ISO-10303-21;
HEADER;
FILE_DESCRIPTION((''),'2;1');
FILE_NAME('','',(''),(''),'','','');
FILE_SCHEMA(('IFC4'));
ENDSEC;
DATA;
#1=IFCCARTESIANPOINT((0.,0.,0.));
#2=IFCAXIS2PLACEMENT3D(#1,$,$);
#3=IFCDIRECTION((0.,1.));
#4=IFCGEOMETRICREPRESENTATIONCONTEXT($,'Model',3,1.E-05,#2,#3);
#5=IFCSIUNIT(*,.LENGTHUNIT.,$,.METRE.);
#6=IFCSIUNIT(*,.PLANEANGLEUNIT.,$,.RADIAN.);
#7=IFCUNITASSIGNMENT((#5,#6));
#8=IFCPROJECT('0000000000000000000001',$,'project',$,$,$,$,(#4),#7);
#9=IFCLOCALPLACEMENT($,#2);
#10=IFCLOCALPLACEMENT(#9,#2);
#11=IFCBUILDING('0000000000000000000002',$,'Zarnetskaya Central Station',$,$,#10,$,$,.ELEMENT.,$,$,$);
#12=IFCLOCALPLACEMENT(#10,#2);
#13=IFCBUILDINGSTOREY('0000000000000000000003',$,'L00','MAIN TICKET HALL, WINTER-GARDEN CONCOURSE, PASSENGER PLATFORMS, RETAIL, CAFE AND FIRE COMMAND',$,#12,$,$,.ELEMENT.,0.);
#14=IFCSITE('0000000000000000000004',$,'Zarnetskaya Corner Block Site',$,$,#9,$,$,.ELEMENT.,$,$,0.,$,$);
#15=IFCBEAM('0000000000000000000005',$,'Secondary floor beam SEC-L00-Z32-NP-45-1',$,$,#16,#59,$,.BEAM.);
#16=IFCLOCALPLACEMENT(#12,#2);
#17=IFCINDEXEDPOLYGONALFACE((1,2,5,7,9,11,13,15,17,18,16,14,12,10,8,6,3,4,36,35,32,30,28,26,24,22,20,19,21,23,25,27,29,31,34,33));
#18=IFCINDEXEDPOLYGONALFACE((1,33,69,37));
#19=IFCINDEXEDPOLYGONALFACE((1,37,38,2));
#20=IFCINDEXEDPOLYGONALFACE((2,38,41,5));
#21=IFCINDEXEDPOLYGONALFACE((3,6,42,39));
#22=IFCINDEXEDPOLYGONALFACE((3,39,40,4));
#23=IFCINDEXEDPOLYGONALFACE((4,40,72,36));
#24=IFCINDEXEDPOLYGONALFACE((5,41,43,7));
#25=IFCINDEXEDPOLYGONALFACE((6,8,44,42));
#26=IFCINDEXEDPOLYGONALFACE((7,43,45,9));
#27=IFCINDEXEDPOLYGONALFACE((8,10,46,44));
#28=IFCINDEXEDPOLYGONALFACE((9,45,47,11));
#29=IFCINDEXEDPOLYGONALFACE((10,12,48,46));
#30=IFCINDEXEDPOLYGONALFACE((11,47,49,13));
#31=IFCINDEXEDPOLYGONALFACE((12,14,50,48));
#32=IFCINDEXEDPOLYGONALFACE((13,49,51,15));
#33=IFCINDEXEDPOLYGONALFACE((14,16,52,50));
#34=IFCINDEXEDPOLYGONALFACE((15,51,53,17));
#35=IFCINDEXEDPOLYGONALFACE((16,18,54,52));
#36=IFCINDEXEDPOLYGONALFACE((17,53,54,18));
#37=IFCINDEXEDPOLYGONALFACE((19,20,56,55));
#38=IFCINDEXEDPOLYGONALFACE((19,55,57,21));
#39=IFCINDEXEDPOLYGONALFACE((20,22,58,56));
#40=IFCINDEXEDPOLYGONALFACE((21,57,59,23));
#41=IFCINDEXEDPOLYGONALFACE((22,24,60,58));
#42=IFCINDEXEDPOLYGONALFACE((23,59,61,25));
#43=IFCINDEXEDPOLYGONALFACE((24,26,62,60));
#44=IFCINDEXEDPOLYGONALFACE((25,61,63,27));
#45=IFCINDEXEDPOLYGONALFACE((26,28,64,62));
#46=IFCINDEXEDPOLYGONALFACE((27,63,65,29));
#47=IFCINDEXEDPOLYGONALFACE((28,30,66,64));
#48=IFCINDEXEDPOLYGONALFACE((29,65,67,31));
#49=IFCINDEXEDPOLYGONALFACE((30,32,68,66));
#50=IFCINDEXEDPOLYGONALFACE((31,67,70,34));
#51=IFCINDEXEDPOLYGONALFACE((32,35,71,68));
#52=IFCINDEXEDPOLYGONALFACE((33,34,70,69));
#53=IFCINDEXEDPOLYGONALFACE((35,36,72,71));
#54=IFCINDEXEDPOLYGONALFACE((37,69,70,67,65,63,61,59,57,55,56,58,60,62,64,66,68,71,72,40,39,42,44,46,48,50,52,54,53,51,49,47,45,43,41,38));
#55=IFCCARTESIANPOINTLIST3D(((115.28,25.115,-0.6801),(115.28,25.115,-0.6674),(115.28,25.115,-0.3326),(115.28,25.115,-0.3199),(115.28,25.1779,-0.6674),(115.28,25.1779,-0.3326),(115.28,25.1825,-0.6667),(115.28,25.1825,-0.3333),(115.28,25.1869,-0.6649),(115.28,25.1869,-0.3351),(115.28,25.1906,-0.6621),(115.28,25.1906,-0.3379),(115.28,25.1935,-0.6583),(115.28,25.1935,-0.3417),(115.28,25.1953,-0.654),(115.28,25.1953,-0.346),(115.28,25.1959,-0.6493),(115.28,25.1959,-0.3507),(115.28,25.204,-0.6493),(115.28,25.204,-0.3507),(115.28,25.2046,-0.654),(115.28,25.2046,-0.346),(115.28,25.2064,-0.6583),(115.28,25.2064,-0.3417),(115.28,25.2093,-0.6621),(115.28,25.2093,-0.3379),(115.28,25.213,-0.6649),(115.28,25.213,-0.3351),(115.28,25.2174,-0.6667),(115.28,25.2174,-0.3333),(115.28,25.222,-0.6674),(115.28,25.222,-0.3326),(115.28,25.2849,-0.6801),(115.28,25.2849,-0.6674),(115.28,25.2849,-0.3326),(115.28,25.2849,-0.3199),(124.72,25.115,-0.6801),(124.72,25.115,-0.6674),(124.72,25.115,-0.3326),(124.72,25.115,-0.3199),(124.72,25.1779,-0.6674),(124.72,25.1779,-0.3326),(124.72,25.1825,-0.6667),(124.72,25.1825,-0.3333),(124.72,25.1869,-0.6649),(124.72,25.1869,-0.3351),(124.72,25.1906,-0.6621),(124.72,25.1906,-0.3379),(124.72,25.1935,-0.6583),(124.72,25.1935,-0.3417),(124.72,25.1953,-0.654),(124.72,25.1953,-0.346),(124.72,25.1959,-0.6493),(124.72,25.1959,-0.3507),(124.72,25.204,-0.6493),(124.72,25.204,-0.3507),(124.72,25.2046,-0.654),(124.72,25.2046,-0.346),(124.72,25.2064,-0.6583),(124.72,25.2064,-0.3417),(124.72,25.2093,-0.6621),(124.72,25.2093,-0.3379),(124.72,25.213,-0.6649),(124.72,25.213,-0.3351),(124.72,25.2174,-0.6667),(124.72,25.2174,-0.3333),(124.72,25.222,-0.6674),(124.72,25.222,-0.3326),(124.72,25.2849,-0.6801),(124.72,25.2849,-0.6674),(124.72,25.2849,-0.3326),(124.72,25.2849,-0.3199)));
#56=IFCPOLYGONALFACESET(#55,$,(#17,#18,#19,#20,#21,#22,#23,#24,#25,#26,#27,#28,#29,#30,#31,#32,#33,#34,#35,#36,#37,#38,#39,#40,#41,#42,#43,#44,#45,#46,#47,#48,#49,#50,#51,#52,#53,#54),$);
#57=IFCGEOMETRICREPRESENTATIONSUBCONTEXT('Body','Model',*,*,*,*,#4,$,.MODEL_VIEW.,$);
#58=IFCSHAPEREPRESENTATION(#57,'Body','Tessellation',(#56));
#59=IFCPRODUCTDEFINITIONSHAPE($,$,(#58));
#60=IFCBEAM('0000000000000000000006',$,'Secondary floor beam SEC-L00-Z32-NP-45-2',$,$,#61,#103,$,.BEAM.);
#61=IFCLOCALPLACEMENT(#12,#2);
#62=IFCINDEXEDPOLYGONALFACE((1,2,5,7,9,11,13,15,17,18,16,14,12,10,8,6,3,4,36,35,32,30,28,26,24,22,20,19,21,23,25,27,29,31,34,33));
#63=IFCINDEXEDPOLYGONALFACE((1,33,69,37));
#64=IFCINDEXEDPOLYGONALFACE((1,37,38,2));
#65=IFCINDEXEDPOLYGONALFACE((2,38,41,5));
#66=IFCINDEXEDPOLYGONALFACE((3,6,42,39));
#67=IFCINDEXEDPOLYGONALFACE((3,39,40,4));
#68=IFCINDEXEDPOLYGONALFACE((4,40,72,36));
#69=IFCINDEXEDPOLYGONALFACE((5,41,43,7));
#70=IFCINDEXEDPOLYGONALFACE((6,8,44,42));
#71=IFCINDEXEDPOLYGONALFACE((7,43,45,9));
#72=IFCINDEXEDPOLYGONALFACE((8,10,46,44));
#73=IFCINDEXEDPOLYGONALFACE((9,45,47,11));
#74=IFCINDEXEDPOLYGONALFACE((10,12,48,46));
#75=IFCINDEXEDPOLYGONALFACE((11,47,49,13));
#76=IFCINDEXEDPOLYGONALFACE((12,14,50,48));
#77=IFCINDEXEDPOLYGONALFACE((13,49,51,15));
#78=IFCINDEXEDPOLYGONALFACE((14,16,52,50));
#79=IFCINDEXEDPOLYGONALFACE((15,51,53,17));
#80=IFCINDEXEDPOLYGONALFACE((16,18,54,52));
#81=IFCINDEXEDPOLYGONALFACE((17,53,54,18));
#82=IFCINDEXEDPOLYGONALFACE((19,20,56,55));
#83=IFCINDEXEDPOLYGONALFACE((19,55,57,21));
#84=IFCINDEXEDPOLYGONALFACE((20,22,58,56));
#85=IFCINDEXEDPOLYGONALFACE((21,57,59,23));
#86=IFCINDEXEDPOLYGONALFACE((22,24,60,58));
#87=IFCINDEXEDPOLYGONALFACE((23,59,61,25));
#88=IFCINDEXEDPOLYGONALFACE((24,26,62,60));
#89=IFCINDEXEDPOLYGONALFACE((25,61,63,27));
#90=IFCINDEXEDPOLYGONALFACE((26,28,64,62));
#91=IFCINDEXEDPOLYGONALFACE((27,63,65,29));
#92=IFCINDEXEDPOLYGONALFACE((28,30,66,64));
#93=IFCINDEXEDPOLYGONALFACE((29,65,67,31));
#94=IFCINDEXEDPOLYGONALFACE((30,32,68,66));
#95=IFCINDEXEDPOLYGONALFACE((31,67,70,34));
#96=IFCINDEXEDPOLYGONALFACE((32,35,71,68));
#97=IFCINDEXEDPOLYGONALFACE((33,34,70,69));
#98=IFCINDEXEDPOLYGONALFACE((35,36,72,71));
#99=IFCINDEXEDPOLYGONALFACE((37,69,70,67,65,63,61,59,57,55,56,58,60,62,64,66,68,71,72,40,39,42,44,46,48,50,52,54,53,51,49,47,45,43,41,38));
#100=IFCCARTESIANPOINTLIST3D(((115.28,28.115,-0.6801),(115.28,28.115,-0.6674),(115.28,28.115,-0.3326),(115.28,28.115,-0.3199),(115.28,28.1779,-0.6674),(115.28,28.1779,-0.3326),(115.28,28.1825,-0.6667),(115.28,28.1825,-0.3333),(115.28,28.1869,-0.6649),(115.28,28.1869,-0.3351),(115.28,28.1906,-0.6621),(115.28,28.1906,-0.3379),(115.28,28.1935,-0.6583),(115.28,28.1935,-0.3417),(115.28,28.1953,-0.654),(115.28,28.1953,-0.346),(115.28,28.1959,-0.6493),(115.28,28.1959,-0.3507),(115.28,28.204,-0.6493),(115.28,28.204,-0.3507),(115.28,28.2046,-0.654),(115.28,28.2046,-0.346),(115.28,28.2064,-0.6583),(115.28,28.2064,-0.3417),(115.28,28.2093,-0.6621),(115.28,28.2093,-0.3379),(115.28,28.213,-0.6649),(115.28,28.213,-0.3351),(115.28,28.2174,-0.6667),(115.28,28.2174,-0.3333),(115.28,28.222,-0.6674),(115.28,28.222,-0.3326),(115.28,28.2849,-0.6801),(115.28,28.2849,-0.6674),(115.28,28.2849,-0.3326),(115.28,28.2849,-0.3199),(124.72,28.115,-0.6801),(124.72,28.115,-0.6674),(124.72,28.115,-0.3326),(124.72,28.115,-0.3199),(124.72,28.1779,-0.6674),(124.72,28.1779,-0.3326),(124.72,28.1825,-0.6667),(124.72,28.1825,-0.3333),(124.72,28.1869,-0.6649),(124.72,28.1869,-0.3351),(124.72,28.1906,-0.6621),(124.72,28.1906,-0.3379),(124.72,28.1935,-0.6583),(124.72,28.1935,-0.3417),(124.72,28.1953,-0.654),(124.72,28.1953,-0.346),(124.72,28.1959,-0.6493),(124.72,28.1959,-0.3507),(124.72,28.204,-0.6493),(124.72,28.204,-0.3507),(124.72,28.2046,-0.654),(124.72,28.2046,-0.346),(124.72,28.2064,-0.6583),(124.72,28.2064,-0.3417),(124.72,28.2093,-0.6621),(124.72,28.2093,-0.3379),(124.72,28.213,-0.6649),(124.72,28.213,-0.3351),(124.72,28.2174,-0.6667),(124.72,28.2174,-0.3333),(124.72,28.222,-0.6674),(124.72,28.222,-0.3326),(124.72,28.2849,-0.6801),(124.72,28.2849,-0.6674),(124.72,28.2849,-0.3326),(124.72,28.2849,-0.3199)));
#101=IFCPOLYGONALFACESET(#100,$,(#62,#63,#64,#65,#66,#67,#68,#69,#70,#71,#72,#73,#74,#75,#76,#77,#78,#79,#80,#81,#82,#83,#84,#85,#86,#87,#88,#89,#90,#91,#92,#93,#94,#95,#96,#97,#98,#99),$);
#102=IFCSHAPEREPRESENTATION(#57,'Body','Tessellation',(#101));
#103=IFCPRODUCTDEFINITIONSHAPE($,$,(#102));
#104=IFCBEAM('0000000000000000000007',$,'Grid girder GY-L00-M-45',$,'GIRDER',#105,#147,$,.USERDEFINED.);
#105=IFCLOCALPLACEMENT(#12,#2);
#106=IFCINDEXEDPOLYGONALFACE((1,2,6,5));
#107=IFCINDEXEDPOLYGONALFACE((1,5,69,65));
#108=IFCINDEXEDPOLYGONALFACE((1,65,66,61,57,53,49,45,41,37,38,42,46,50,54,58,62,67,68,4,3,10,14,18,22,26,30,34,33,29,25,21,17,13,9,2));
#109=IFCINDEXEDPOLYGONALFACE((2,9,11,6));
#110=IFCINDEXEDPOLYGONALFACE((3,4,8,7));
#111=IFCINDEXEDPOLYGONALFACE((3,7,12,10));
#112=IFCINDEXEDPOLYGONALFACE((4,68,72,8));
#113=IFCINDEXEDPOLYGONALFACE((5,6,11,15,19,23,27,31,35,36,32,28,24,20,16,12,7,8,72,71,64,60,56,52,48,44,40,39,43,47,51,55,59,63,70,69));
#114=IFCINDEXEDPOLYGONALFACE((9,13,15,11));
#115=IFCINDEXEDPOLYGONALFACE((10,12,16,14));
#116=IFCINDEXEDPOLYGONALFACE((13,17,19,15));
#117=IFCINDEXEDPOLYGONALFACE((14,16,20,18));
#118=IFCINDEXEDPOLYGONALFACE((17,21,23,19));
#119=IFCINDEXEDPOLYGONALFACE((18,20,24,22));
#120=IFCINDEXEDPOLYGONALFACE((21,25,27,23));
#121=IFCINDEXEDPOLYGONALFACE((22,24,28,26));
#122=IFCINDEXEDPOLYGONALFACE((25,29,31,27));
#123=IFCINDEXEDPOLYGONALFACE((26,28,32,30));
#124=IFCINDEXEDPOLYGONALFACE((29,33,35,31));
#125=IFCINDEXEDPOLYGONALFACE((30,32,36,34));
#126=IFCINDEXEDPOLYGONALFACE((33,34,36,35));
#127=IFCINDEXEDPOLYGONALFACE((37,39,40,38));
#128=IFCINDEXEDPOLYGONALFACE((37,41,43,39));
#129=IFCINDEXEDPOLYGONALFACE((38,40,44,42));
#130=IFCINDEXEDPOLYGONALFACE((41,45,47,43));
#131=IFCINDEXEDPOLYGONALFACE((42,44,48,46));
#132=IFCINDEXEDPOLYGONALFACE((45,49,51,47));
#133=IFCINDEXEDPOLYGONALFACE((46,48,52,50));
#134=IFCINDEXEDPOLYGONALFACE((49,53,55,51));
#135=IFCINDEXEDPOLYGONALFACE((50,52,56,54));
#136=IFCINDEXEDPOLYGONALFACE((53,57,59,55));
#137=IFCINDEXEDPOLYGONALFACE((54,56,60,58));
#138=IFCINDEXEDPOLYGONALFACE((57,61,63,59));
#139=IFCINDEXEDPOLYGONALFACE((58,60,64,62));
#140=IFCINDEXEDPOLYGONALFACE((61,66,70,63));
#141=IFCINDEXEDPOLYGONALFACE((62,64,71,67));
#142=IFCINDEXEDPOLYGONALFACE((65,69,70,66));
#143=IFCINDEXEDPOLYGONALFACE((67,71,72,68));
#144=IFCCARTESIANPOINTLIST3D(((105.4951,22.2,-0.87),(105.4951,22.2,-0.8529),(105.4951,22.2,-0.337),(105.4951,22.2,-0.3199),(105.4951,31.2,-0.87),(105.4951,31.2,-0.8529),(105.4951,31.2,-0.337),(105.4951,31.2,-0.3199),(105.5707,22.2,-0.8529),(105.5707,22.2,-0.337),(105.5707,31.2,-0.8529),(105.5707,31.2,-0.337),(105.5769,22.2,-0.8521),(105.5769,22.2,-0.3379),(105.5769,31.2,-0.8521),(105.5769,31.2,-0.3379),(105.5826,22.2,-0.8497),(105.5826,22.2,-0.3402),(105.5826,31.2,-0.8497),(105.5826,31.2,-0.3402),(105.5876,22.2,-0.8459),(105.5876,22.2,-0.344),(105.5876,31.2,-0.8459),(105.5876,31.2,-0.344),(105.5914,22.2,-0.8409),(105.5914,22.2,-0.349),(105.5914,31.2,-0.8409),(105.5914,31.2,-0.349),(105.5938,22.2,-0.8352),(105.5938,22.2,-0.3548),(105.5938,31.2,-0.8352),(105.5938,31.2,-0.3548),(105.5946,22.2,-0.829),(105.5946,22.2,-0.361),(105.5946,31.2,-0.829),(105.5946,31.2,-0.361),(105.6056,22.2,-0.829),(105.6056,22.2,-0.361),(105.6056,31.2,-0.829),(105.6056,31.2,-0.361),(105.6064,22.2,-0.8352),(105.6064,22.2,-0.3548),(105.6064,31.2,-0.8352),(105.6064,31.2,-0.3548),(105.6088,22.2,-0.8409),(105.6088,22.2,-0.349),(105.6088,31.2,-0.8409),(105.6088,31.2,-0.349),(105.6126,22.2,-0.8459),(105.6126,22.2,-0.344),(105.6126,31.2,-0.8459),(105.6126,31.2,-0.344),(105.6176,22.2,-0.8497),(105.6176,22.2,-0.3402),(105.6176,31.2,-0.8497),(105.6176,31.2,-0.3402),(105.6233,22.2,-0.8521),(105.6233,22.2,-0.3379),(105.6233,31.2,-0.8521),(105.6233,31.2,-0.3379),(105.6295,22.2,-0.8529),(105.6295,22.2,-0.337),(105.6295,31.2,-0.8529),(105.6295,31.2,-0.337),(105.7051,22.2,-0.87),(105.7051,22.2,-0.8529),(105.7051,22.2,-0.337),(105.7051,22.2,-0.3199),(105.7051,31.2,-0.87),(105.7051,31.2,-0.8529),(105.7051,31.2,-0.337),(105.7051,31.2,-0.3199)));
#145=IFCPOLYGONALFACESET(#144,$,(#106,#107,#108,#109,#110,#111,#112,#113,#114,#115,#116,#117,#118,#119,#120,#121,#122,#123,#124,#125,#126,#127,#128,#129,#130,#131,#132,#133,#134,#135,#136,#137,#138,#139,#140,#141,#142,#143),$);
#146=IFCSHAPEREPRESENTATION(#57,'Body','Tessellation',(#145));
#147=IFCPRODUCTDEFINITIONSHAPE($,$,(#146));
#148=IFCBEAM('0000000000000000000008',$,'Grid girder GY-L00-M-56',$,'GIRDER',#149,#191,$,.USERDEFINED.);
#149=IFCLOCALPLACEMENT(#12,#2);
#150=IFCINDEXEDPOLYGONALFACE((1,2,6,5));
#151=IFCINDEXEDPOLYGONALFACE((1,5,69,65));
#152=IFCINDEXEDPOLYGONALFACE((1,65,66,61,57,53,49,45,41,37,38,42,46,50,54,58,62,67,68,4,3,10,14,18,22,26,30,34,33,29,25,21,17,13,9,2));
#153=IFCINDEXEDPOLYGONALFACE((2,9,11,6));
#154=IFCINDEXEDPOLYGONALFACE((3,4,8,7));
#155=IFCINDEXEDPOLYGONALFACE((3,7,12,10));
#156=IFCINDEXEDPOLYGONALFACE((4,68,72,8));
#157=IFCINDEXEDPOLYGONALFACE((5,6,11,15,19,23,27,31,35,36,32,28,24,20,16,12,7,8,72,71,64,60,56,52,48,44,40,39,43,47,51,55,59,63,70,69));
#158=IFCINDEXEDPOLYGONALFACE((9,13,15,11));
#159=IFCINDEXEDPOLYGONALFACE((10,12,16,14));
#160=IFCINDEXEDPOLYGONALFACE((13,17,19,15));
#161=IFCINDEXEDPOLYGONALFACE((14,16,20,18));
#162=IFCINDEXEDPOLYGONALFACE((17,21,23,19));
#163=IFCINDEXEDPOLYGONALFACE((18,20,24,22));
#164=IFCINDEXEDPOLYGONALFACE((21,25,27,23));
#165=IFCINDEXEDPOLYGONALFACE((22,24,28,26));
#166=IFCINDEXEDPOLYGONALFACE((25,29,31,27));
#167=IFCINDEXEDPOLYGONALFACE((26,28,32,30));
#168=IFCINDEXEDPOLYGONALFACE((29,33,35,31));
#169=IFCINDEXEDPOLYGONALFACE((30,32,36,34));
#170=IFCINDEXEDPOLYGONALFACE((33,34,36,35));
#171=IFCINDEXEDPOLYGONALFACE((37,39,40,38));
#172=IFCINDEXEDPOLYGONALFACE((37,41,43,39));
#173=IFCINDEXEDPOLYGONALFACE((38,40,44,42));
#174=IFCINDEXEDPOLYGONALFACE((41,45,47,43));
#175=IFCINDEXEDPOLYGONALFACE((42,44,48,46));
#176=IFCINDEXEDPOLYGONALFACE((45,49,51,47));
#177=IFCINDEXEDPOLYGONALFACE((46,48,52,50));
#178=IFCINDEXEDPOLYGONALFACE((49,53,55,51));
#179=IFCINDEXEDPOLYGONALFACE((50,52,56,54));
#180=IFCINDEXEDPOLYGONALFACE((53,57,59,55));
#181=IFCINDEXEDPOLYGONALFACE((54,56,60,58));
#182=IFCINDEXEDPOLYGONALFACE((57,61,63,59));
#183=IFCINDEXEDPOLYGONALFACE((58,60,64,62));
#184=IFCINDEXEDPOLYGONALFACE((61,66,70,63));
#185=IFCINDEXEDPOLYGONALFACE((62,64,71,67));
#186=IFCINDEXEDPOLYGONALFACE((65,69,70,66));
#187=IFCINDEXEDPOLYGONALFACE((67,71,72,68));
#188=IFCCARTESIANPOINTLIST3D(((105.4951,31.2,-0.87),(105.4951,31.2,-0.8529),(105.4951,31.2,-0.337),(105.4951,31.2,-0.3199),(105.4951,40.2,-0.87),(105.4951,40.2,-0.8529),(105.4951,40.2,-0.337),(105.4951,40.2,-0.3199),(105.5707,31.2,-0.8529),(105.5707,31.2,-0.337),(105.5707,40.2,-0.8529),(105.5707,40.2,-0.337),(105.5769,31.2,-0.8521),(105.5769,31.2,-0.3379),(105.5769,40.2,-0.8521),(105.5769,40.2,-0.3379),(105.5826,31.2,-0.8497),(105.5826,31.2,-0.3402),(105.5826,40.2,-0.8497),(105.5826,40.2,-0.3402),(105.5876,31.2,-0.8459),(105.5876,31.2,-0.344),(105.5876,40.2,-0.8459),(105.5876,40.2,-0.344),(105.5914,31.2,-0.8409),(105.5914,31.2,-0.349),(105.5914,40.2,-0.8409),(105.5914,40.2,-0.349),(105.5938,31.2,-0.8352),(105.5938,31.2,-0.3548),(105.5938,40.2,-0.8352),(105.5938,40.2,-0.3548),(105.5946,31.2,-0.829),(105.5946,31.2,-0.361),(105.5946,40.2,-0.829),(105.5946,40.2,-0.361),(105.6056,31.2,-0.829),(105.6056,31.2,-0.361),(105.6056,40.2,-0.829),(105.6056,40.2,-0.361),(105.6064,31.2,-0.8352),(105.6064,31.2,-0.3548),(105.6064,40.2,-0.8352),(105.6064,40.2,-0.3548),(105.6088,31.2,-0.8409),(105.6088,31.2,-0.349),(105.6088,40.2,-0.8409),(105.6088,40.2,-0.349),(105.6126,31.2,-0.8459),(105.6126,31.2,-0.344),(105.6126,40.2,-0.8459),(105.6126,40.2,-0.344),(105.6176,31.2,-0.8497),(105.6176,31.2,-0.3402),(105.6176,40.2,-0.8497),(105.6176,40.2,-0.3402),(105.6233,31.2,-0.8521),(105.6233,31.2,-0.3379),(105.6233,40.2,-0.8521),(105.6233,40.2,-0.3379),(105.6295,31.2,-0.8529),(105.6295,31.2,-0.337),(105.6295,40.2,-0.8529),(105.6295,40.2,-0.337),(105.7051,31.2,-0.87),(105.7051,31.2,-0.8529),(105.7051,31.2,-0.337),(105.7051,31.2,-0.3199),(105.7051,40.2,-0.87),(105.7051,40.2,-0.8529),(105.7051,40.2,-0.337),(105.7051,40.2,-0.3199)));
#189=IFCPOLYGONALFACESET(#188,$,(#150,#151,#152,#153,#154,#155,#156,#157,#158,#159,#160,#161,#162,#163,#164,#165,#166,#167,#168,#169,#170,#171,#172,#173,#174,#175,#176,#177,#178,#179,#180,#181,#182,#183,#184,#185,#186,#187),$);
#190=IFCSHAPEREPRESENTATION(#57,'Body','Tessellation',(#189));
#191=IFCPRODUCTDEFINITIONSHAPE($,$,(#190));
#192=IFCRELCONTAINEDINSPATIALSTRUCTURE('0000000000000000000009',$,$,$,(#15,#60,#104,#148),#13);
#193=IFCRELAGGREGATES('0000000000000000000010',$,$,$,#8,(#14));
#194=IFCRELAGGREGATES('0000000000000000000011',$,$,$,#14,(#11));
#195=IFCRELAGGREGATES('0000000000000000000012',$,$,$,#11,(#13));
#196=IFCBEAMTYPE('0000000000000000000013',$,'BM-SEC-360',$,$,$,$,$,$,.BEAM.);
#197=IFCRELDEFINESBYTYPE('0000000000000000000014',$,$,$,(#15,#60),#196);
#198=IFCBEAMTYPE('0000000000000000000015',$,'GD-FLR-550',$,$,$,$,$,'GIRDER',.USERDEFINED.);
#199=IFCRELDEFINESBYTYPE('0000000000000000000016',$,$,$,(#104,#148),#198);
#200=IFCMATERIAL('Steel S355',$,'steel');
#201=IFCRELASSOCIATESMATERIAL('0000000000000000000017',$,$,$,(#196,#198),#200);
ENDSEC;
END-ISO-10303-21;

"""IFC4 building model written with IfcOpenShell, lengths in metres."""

from ifc_helpers import new_model, si_unit, direction, frame, origin, origin_2d, place, context, subcontext, project, spatial, i_section, extrude, material, material_profile, profile_set, type_object, element, save


model = new_model("IFC4")

# Units and contexts
model_context = context("Model", 3, precision=1e-05, world=origin(), true_north=direction((0.0, 1.0)))
body_context = subcontext(model_context, "Body", "Model", "MODEL_VIEW")
ifc_project = project(units=[si_unit("LENGTHUNIT", "METRE"), si_unit("PLANEANGLEUNIT", "RADIAN")], contexts=[model_context])

# Site, building, storey
site_placement = place(None, origin())
site = spatial("IfcSite", under=ifc_project, at=site_placement, Name="Zarnetskaya Corner Block Site", CompositionType="ELEMENT", RefElevation=0.0)
building_placement = place(site_placement, origin())
building = spatial("IfcBuilding", under=site, at=building_placement, Name="Zarnetskaya Central Station", CompositionType="ELEMENT")
storey_placement = place(building_placement, origin())
storey = spatial("IfcBuildingStorey", under=building, at=storey_placement, Name="L00", Description="MAIN TICKET HALL, WINTER-GARDEN CONCOURSE, PASSENGER PLATFORMS, RETAIL, CAFE AND FIRE COMMAND", CompositionType="ELEMENT", Elevation=0.0)

# Shared definitions
ifc_material = material(Name="Steel S355", Category="steel")

# Beams
ifc_material_profile_1 = material_profile(ifc_material, i_section(OverallWidth=0.1699, OverallDepth=0.3601, WebThickness=0.0081, FlangeThickness=0.0127, FilletRadius=0.0181, at=origin_2d()), Name="IPE 360")
ifc_profile_set_1 = profile_set([ifc_material_profile_1], Name="Steel S355")
beam_type_1 = type_object("IfcBeamType", Name="BM-SEC-360", PredefinedType="BEAM", material=ifc_profile_set_1)
for number, where, z_axis, x_axis, name in (
    (1, (115.28, 25.2, -0.5), (1.0, 0.0, 0.0), (0.0, 1.0, 0.0), "Secondary floor beam SEC-L00-Z32-NP-45-1"),
    (2, (115.28, 28.2, -0.5), (1.0, 0.0, 0.0), (0.0, 1.0, 0.0), "Secondary floor beam SEC-L00-Z32-NP-45-2"),
):
    element("IfcBeam", number, at=place(storey_placement, frame(where, z_axis=z_axis, x_axis=x_axis)), inside=storey, type_object=beam_type_1, Name=name, PredefinedType="BEAM", context=body_context, shape_type="SweptSolid", body=[
        extrude(i_section(OverallWidth=0.1699, OverallDepth=0.3601, WebThickness=0.0081, FlangeThickness=0.0127, FilletRadius=0.0181, at=origin_2d()), origin(), (0.0, 0.0, 1.0), 9.4399),
    ])
ifc_material_profile_2 = material_profile(ifc_material, i_section(OverallWidth=0.21, OverallDepth=0.55, WebThickness=0.011, FlangeThickness=0.0171, FilletRadius=0.0239, at=origin_2d()), Name="IPE 550")
ifc_profile_set_2 = profile_set([ifc_material_profile_2], Name="Steel S355")
beam_type_2 = type_object("IfcBeamType", Name="GD-FLR-550", ElementType="GIRDER", PredefinedType="USERDEFINED", material=ifc_profile_set_2)
for number, where, z_axis, x_axis, name in (
    (3, (105.6001, 22.2, -0.595), (0.0, 1.0, 0.0), (-1.0, 0.0, 0.0), "Grid girder GY-L00-M-45"),
    (4, (105.6001, 31.2, -0.595), (0.0, 1.0, 0.0), (-1.0, 0.0, 0.0), "Grid girder GY-L00-M-56"),
):
    element("IfcBeam", number, at=place(storey_placement, frame(where, z_axis=z_axis, x_axis=x_axis)), inside=storey, type_object=beam_type_2, Name=name, ObjectType="GIRDER", PredefinedType="USERDEFINED", context=body_context, shape_type="SweptSolid", body=[
        extrude(i_section(OverallWidth=0.21, OverallDepth=0.55, WebThickness=0.011, FlangeThickness=0.0171, FilletRadius=0.0239, at=origin_2d()), origin(), (0.0, 0.0, 1.0), 9.0),
    ])

save(model, "model.ifc")
